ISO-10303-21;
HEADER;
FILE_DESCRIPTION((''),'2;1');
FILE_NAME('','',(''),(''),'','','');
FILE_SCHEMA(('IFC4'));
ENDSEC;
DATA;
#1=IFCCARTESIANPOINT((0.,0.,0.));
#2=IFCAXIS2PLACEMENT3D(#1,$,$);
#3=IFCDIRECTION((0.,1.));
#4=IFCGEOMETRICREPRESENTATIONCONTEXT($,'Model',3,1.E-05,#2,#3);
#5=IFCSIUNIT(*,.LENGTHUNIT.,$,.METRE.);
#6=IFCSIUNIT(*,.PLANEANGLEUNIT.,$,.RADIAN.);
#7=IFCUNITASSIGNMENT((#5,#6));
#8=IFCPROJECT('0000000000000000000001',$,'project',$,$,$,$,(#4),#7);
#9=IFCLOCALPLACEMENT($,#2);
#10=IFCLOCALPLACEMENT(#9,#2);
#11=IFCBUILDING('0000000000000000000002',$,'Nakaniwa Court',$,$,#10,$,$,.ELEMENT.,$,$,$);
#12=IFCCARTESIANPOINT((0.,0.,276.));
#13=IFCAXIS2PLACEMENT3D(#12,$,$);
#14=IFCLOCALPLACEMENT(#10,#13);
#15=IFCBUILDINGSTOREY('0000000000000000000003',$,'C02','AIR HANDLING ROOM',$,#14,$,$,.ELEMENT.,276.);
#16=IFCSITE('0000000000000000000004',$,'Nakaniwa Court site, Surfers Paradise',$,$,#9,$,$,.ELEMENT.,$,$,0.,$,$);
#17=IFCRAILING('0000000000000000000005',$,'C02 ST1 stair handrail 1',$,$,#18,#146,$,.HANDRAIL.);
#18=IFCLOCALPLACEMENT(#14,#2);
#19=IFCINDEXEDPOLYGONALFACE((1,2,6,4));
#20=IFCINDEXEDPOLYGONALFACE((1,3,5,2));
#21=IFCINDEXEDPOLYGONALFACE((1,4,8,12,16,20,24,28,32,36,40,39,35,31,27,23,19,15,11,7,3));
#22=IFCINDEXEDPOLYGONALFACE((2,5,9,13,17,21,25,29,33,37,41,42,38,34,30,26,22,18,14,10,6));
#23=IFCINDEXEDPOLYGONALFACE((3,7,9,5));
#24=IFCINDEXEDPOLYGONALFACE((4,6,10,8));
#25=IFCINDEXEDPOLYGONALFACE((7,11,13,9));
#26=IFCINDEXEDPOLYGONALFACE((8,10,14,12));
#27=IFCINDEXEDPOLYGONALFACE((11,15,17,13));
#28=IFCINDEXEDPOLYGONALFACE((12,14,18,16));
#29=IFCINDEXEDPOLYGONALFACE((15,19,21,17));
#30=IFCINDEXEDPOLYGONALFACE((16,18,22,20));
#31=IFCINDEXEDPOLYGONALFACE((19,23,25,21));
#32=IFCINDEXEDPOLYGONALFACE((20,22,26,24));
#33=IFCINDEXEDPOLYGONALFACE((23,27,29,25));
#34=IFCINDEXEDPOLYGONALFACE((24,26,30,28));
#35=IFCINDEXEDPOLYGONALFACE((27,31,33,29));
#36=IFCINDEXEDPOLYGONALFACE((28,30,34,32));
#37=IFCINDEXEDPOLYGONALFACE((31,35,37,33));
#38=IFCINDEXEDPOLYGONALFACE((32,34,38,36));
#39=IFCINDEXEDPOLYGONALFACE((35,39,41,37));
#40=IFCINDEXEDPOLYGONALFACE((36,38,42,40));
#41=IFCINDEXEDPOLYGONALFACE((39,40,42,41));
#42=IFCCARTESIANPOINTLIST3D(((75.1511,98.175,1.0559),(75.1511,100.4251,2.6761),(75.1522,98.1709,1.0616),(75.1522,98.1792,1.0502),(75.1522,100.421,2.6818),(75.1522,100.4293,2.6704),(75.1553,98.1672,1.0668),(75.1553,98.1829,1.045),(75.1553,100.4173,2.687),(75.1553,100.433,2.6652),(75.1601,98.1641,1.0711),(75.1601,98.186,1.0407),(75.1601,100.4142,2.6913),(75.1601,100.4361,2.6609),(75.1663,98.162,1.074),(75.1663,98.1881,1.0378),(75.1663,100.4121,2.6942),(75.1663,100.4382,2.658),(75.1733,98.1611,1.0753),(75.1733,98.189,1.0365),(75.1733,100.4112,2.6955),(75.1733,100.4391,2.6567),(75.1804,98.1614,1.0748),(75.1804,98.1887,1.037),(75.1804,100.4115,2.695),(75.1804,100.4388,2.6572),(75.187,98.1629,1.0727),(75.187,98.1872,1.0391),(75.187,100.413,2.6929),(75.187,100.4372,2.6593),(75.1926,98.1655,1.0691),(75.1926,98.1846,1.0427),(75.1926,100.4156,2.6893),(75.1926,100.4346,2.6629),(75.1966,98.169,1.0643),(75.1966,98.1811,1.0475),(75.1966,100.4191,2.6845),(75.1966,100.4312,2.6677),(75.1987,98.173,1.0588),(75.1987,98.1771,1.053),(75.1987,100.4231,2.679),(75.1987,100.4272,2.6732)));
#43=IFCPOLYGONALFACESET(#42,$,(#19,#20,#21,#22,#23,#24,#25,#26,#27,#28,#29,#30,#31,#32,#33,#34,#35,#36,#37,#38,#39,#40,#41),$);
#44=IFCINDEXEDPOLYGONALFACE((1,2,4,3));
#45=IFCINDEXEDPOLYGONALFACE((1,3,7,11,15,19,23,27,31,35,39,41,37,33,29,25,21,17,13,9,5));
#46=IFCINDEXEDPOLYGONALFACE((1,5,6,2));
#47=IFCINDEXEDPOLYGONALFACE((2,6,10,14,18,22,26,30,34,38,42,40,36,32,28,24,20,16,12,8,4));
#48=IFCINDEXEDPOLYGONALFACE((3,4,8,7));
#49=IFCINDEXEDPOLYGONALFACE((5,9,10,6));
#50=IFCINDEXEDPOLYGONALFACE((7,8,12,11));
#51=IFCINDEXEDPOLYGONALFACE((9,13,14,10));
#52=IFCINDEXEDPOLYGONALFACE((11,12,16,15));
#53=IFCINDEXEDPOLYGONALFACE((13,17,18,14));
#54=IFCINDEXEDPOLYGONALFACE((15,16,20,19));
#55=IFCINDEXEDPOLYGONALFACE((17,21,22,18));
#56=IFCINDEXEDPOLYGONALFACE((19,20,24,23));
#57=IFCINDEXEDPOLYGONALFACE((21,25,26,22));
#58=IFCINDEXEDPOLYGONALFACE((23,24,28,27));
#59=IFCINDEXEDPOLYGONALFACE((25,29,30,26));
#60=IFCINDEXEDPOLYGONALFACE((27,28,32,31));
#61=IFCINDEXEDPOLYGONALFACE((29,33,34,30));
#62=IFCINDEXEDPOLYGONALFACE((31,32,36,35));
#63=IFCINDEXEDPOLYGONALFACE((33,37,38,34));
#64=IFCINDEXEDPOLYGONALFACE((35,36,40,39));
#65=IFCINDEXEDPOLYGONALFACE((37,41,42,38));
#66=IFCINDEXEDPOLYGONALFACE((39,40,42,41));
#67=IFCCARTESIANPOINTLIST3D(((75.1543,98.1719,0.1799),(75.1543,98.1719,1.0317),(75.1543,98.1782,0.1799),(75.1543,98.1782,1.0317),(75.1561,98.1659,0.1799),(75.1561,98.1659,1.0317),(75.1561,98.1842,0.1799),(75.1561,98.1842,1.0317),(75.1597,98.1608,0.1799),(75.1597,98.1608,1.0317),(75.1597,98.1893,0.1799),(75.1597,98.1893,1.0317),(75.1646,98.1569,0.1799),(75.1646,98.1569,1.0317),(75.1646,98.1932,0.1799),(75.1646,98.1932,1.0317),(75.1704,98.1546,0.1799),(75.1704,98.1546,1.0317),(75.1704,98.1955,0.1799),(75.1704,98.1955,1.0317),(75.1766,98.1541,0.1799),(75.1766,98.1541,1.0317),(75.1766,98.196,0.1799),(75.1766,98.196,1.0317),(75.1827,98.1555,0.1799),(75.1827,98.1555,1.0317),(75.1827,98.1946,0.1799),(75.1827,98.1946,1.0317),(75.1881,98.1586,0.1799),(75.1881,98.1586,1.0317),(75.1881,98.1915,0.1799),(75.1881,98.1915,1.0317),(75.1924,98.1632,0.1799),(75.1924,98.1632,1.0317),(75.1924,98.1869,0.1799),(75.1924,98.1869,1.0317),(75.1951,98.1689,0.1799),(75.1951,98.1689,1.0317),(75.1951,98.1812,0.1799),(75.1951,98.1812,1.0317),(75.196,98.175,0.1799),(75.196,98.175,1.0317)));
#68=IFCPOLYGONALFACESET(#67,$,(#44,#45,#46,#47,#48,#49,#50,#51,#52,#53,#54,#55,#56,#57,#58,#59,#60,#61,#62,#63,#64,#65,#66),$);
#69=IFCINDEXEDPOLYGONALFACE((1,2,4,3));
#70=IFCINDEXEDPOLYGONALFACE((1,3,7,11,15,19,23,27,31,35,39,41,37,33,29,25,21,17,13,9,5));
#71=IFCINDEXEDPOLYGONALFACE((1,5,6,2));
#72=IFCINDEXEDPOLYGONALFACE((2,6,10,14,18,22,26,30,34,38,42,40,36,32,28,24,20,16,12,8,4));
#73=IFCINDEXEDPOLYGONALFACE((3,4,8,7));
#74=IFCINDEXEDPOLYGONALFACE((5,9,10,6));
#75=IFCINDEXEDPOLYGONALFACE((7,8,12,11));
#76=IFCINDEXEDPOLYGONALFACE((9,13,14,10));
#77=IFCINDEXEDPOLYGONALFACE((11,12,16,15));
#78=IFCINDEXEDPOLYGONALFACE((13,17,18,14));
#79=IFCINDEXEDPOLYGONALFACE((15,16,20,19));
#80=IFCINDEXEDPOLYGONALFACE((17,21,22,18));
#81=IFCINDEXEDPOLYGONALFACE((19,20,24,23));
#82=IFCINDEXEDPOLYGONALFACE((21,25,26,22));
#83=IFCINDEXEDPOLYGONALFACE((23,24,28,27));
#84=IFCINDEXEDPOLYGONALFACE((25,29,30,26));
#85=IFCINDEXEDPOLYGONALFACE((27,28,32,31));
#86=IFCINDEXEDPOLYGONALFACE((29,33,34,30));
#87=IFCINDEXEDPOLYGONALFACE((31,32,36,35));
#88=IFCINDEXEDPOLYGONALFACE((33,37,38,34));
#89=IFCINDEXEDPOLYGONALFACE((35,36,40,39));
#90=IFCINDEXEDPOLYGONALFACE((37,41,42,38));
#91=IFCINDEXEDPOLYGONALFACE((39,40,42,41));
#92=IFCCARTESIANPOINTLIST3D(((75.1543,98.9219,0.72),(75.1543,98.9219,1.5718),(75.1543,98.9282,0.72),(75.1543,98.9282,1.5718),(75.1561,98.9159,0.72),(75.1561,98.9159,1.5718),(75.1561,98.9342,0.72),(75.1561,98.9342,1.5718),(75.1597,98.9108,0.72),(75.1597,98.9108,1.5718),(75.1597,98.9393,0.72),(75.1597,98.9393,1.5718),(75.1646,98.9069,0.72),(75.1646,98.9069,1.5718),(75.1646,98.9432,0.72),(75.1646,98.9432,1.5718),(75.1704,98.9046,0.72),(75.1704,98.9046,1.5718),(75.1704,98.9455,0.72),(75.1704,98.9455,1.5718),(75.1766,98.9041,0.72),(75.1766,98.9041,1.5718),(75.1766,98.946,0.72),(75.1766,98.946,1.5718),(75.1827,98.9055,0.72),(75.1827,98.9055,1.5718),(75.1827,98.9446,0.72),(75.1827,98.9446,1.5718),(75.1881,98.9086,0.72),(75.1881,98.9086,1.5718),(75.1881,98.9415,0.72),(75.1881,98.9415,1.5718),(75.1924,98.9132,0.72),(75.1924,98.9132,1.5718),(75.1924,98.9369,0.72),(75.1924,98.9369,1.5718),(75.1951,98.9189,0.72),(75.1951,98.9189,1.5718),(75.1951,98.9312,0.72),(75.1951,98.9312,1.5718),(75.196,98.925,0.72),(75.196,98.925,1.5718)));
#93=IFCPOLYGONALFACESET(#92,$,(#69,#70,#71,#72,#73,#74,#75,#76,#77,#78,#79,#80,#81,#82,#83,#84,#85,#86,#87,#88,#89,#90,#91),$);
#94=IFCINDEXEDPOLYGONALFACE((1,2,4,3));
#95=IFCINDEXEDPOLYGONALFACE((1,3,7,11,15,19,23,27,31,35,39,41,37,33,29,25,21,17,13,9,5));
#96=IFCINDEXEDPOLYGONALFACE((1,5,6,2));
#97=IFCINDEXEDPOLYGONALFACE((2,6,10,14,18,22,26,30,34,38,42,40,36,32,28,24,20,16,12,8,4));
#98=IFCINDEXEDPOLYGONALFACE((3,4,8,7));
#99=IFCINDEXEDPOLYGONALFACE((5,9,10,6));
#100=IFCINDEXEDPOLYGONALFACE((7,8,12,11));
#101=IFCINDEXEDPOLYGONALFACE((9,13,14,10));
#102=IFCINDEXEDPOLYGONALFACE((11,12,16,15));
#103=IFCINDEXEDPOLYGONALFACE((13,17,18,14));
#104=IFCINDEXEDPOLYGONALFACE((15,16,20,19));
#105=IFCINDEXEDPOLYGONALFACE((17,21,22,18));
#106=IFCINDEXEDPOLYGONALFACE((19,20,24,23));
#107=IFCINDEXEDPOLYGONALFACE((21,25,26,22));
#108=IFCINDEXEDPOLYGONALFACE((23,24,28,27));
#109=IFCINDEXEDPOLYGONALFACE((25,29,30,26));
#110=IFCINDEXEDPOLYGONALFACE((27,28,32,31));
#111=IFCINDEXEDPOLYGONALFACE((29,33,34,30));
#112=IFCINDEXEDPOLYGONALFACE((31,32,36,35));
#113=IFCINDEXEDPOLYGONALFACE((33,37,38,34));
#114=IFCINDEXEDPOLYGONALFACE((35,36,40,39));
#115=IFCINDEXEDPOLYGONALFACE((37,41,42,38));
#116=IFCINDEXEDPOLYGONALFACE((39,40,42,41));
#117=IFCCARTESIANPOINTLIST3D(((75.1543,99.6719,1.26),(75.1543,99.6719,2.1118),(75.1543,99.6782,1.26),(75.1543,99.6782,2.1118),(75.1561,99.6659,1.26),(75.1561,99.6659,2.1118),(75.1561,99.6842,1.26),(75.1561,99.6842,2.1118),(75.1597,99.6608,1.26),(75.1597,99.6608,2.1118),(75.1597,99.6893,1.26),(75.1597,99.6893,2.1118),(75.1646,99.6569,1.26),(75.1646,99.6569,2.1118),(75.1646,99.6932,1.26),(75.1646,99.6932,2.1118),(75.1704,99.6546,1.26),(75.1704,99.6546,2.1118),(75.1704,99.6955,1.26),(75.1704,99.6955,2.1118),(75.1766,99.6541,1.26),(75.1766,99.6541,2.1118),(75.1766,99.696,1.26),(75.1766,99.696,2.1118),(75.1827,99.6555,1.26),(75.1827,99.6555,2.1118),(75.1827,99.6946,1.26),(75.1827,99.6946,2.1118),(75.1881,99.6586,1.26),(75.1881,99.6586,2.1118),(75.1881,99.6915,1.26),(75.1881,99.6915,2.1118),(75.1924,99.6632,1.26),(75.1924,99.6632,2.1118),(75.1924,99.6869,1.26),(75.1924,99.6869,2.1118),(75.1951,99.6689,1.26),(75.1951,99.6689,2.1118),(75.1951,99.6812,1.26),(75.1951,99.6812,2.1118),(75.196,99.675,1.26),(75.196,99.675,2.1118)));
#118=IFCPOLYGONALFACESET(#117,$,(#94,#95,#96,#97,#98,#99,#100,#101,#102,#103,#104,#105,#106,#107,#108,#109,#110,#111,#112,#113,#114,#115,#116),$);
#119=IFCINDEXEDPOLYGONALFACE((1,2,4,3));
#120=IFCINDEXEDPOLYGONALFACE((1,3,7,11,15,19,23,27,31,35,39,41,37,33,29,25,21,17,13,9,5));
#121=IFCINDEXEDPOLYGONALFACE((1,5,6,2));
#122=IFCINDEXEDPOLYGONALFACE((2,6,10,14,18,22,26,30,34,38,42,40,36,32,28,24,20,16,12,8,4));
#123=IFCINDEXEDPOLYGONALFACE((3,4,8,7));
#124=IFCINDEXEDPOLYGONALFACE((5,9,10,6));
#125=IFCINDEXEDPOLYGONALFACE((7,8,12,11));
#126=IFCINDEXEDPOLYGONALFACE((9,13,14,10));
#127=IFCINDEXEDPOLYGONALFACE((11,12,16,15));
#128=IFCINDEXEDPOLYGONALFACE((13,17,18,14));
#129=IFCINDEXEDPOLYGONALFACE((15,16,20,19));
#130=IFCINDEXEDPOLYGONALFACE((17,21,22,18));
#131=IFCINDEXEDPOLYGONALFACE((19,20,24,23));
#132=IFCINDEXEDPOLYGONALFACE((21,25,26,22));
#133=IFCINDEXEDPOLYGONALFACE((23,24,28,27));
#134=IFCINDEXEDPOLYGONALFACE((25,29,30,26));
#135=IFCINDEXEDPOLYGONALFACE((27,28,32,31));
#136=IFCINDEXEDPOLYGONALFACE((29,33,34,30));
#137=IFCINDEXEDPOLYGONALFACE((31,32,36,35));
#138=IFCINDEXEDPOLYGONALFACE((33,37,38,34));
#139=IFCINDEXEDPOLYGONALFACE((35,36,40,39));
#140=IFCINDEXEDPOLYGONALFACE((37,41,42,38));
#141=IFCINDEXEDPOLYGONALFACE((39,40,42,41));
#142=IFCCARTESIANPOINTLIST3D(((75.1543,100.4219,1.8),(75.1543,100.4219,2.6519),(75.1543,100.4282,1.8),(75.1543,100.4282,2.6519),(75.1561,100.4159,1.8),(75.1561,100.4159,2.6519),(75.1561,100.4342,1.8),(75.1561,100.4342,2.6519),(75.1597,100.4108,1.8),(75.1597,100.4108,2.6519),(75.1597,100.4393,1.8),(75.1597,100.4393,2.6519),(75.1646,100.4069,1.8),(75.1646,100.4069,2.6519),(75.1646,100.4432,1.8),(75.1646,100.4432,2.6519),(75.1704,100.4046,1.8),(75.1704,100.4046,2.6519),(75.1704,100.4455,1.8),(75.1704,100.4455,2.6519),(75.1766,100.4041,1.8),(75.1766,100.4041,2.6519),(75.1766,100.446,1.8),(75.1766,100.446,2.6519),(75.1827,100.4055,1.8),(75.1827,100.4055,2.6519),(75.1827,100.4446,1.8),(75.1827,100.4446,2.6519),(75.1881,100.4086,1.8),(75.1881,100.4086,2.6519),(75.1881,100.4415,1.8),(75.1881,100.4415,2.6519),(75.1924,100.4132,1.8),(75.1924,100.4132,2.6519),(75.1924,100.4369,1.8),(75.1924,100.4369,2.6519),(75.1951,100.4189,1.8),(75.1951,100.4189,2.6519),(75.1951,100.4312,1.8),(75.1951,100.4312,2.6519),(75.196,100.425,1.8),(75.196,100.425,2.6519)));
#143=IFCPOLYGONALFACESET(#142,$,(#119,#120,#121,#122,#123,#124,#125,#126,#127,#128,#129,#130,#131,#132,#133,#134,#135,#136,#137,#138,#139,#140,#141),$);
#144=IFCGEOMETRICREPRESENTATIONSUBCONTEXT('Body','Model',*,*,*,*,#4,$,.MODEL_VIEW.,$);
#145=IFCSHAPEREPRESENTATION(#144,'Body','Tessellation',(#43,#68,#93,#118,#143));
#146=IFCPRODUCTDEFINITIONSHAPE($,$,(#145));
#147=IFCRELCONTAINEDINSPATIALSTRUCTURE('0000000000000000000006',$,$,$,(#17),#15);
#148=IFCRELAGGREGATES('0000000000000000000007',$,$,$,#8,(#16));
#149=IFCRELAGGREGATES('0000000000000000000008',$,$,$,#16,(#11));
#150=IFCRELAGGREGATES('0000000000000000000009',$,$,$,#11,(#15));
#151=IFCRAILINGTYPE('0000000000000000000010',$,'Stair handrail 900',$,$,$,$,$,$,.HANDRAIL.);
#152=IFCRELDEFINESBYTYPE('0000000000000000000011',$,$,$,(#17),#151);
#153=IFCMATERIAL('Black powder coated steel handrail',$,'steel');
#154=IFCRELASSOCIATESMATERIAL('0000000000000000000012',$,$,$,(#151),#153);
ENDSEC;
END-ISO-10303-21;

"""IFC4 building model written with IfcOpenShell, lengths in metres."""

from ifc_helpers import new_model, si_unit, direction, frame, origin, origin_2d, place, context, subcontext, project, spatial, circle, extrude, material, type_object, element, save


model = new_model("IFC4")

# Units and contexts
model_context = context("Model", 3, precision=1e-05, world=origin(), true_north=direction((0.0, 1.0)))
body_context = subcontext(model_context, "Body", "Model", "MODEL_VIEW")
ifc_project = project(units=[si_unit("LENGTHUNIT", "METRE"), si_unit("PLANEANGLEUNIT", "RADIAN")], contexts=[model_context])

# Site, building, storey
site_placement = place(None, origin())
site = spatial("IfcSite", under=ifc_project, at=site_placement, Name="Nakaniwa Court site, Surfers Paradise", CompositionType="ELEMENT", RefElevation=0.0)
building_placement = place(site_placement, origin())
building = spatial("IfcBuilding", under=site, at=building_placement, Name="Nakaniwa Court", CompositionType="ELEMENT")
storey_placement = place(building_placement, frame((0.0, 0.0, 276.0)))
storey = spatial("IfcBuildingStorey", under=building, at=storey_placement, Name="C02", Description="AIR HANDLING ROOM", CompositionType="ELEMENT", Elevation=276.0)

# Railing
ifc_material_1 = material(Name="Black powder coated steel handrail", Category="steel")
railing_type_1 = type_object("IfcRailingType", Name="Stair handrail 900", PredefinedType="HANDRAIL", material=ifc_material_1)
railing_1_placement = place(storey_placement, frame((75.175, 98.175, 0.1799)))
element("IfcRailing", 1, at=railing_1_placement, inside=storey, type_object=railing_type_1, Name="C02 ST1 stair handrail 1", PredefinedType="HANDRAIL", context=body_context, shape_type="SweptSolid", body=[
    extrude(circle(Radius=0.0239, at=origin_2d()), frame((0.0, 0.0, 0.876), z_axis=(0.0, 0.811514, 0.584333), x_axis=(-1.0, 0.0, 0.0)), (0.0, 0.0, 1.0), 2.7727),
    extrude(circle(Radius=0.021, at=origin_2d()), origin(), (0.0, 0.0, 1.0), 0.8518),
    extrude(circle(Radius=0.021, at=origin_2d()), frame((0.0, 0.75, 0.54)), (0.0, 0.0, 1.0), 0.8518),
    extrude(circle(Radius=0.021, at=origin_2d()), frame((0.0, 1.5, 1.0801)), (0.0, 0.0, 1.0), 0.8518),
    extrude(circle(Radius=0.021, at=origin_2d()), frame((0.0, 2.25, 1.6201)), (0.0, 0.0, 1.0), 0.8518),
])

save(model, "model.ifc")
